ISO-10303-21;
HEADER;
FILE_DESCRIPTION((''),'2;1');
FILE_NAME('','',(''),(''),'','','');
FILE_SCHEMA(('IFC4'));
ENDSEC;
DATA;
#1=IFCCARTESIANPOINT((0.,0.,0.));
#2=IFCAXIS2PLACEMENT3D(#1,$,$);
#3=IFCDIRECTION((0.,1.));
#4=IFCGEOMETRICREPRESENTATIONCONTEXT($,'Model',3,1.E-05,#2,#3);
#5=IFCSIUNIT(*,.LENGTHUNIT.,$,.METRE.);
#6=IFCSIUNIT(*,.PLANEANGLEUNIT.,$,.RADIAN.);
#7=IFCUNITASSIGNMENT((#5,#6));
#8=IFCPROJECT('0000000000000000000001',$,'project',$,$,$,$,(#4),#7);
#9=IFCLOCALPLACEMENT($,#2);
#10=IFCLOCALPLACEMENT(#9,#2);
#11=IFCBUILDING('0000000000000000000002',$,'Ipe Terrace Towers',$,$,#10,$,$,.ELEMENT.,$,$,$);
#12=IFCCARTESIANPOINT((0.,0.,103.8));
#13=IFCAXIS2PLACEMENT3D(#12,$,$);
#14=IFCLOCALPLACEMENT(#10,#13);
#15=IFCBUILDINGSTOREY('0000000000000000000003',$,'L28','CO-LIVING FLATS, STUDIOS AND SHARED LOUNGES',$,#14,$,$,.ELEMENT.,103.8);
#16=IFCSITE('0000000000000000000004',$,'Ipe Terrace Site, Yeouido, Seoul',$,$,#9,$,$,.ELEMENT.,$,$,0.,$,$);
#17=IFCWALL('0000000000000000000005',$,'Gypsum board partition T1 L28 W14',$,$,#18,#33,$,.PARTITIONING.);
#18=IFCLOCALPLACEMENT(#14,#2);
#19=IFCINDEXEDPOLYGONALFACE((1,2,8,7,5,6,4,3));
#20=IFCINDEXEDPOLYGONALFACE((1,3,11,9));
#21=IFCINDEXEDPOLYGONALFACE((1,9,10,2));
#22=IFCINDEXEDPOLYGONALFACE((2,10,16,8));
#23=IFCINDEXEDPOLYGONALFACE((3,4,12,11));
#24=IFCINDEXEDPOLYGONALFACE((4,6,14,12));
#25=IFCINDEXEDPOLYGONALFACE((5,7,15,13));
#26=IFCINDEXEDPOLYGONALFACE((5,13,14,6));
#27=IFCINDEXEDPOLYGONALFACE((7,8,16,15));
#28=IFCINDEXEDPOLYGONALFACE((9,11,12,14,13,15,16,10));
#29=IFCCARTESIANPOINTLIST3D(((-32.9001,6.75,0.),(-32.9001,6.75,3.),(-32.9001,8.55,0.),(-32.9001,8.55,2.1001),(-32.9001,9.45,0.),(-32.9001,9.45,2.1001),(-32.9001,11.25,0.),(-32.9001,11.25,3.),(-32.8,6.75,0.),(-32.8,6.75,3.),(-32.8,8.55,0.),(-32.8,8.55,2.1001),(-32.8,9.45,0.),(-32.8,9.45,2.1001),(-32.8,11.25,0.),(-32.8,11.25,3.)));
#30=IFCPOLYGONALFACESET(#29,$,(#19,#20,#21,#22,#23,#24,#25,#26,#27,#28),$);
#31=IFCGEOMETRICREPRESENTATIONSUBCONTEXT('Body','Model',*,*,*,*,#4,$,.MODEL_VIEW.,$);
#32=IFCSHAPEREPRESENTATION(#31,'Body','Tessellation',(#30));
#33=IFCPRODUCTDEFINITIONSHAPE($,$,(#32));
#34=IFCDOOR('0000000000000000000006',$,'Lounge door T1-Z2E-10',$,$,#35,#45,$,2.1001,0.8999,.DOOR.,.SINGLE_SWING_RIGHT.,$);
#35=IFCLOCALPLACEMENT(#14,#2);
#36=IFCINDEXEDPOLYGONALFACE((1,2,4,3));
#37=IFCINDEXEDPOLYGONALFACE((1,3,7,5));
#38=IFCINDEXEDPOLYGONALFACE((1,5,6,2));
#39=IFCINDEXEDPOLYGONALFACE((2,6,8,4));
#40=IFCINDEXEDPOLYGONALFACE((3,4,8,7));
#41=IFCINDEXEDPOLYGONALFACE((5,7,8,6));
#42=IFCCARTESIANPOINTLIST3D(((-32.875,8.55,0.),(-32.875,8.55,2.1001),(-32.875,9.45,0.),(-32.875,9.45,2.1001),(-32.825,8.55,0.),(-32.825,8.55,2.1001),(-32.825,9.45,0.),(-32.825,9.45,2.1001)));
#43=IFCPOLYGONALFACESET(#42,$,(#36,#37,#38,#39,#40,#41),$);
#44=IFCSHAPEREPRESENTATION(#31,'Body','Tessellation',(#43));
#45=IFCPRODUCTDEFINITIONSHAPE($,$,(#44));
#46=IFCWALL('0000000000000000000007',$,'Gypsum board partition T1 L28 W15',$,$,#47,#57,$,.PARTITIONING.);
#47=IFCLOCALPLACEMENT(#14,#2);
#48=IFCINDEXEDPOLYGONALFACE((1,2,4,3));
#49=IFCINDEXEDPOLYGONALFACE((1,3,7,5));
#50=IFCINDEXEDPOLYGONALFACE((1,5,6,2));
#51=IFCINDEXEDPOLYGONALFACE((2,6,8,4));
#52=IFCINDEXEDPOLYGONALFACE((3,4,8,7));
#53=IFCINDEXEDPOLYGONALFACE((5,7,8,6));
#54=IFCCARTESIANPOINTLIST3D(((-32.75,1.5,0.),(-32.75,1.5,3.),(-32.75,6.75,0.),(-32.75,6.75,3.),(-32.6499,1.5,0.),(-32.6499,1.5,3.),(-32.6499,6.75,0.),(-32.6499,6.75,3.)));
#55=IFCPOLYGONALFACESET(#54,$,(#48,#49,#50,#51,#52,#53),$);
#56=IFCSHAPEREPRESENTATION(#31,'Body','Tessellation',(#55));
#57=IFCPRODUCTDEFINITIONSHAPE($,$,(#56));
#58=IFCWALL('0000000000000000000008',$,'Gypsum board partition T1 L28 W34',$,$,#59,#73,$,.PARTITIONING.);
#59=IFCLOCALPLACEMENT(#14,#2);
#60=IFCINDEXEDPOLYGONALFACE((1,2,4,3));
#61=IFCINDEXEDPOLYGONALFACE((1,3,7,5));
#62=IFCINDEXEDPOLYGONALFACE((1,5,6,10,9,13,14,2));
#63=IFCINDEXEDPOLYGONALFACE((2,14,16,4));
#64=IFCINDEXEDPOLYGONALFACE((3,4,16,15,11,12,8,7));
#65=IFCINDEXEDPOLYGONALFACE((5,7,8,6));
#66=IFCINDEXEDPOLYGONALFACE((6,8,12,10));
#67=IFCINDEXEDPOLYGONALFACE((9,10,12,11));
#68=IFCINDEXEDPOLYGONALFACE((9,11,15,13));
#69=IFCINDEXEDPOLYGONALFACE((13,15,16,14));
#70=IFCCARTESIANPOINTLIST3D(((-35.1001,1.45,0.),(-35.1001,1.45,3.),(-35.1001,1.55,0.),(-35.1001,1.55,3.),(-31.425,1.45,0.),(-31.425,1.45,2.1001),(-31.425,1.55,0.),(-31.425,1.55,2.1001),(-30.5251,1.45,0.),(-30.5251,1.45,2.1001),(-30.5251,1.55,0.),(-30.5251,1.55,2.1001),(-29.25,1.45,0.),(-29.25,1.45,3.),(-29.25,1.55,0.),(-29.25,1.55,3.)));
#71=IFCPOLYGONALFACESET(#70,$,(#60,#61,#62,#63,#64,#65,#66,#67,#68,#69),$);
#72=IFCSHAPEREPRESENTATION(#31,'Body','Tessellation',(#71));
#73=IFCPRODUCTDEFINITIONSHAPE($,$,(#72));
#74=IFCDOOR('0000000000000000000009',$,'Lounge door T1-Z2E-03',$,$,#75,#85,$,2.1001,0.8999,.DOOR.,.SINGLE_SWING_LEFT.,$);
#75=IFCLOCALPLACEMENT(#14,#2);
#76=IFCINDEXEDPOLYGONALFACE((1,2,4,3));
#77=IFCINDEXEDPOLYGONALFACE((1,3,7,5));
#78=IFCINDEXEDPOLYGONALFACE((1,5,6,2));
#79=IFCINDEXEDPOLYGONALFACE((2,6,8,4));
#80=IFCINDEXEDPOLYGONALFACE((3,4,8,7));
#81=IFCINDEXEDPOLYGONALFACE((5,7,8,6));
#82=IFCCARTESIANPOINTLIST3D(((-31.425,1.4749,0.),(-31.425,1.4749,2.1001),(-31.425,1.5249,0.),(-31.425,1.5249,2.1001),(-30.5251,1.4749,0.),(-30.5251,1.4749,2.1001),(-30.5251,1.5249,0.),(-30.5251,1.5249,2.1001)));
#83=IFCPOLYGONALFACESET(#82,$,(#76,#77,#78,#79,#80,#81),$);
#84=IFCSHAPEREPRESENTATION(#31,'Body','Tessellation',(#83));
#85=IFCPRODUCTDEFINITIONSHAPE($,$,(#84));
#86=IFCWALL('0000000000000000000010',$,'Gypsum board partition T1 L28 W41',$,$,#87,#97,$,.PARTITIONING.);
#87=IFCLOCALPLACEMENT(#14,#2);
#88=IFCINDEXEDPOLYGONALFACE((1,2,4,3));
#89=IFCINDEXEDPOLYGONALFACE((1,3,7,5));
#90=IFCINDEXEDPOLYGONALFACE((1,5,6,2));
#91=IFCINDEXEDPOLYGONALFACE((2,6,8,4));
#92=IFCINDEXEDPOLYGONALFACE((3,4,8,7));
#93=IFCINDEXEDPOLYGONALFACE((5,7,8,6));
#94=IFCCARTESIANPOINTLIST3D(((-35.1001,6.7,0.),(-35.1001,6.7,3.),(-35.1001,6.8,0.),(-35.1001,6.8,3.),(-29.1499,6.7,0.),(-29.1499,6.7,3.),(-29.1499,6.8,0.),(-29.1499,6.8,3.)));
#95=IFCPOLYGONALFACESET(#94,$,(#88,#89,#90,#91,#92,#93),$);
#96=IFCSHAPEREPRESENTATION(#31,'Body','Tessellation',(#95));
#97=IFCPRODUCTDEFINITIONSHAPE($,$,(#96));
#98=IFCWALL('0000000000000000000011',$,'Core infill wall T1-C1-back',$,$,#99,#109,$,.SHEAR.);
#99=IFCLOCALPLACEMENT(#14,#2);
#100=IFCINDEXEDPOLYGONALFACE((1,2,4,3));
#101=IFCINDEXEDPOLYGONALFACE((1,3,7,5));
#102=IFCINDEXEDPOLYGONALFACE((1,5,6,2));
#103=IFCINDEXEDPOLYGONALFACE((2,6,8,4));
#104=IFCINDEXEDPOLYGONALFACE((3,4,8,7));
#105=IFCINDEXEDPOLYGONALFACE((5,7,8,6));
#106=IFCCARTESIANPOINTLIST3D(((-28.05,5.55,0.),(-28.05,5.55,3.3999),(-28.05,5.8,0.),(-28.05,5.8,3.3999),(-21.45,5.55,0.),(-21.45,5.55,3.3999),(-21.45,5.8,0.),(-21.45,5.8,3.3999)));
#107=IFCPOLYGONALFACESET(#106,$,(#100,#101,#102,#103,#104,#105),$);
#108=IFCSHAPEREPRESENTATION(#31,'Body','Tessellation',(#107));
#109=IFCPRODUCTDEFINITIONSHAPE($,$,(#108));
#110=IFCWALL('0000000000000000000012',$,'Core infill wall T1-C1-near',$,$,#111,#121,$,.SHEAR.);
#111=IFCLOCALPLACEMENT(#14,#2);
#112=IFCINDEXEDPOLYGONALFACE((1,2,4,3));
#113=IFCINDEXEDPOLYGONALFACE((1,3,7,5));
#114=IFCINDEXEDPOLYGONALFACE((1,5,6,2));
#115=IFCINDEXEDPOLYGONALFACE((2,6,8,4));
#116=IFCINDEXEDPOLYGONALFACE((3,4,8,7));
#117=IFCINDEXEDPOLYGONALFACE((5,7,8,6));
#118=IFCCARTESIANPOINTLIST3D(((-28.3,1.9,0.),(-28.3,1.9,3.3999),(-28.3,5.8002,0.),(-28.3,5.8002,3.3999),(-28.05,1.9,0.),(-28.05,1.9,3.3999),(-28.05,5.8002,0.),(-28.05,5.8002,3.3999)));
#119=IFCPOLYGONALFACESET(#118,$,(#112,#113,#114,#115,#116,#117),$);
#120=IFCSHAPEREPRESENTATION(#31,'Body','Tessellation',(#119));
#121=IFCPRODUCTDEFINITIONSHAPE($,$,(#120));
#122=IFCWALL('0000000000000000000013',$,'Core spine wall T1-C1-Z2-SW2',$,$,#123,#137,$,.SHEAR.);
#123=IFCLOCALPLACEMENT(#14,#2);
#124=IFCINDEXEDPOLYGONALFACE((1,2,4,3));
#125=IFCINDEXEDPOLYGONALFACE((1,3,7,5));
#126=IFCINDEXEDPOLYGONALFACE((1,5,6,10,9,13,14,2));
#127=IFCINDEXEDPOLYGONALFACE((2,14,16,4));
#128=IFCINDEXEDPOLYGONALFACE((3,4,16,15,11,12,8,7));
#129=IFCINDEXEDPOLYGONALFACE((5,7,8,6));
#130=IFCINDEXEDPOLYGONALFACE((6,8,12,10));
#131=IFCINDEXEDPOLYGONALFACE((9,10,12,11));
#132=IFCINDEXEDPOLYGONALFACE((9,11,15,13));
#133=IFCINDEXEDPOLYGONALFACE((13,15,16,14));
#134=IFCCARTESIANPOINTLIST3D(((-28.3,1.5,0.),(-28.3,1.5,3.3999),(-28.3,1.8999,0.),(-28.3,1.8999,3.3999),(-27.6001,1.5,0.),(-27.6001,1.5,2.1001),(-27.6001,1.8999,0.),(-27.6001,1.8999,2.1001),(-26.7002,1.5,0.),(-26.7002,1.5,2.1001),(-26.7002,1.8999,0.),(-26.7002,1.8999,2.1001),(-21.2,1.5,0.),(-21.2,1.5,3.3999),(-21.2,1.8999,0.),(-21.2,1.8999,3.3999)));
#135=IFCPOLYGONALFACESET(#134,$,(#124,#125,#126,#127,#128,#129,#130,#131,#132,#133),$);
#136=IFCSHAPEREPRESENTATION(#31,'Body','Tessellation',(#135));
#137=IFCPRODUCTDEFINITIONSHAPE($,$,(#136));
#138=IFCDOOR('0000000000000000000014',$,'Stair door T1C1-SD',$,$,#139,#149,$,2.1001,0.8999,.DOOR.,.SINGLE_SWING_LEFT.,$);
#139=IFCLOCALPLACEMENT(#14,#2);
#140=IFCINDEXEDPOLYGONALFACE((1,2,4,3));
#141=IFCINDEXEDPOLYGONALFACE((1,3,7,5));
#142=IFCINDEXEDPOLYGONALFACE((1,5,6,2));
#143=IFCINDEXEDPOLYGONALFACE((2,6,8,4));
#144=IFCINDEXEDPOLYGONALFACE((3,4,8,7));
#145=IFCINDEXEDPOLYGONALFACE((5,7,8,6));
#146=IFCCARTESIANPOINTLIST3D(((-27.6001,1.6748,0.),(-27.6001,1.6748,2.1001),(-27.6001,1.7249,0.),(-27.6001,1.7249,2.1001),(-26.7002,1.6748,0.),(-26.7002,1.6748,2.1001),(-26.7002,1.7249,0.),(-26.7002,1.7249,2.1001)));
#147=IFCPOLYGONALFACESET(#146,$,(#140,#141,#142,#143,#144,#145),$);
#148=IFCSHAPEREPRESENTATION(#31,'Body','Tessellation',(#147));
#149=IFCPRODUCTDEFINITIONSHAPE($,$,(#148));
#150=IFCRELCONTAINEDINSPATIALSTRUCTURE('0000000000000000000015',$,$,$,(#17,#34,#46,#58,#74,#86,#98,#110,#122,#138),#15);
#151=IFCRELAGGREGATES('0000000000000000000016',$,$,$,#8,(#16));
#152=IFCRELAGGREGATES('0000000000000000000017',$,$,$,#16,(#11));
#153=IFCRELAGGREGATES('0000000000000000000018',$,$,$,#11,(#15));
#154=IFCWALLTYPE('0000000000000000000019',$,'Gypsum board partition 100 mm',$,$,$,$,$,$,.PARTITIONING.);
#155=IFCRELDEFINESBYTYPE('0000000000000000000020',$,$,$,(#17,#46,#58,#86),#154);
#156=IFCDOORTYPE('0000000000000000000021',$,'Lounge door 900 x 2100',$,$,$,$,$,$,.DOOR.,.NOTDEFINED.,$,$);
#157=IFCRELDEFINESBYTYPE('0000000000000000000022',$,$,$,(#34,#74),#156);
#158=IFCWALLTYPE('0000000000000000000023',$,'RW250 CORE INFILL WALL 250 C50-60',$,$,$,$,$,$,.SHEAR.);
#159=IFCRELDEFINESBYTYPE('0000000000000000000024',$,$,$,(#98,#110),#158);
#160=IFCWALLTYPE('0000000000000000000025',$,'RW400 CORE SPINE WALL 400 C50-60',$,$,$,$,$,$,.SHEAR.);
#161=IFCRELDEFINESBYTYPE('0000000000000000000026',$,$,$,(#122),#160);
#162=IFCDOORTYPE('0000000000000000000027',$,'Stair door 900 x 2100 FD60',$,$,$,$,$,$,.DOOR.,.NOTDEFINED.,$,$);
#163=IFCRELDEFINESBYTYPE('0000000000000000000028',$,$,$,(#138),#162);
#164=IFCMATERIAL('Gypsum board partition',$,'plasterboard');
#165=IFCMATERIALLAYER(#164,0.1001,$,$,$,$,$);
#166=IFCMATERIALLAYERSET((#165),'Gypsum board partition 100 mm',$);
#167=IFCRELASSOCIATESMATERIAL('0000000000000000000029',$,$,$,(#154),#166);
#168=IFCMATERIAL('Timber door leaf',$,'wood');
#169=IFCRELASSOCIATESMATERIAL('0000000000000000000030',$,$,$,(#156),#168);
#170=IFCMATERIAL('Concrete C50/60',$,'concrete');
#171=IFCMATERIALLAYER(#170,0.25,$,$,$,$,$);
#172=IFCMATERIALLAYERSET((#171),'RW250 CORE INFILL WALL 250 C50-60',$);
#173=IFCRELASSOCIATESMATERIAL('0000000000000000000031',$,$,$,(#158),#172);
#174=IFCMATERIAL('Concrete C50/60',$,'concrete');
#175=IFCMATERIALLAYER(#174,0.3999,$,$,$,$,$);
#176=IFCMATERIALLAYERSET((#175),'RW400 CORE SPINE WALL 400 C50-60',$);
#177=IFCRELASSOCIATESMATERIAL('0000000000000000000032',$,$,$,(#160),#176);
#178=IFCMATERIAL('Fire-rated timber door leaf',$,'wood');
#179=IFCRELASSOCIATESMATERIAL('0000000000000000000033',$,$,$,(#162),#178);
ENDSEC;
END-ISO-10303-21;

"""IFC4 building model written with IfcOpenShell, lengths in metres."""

from ifc_helpers import new_model, si_unit, direction, frame, frame_2d, origin, place, context, subcontext, project, spatial, rectangle, extrude, material, layer, layer_set, type_object, element, fill, save


model = new_model("IFC4")

# Units and contexts
model_context = context("Model", 3, precision=1e-05, world=origin(), true_north=direction((0.0, 1.0)))
body_context = subcontext(model_context, "Body", "Model", "MODEL_VIEW")
ifc_project = project(units=[si_unit("LENGTHUNIT", "METRE"), si_unit("PLANEANGLEUNIT", "RADIAN")], contexts=[model_context])

# Site, building, storey
site_placement = place(None, origin())
site = spatial("IfcSite", under=ifc_project, at=site_placement, Name="Ipe Terrace Site, Yeouido, Seoul", CompositionType="ELEMENT", RefElevation=0.0)
building_placement = place(site_placement, origin())
building = spatial("IfcBuilding", under=site, at=building_placement, Name="Ipe Terrace Towers", CompositionType="ELEMENT")
storey_placement = place(building_placement, frame((0.0, 0.0, 103.8)))
storey = spatial("IfcBuildingStorey", under=building, at=storey_placement, Name="L28", Description="CO-LIVING FLATS, STUDIOS AND SHARED LOUNGES", CompositionType="ELEMENT", Elevation=103.8)

# Wall, opening, door
ifc_material_1 = material(Name="Gypsum board partition", Category="plasterboard")
ifc_layer_1 = layer(ifc_material_1, 0.1001)
ifc_layer_set_1 = layer_set([ifc_layer_1], Name="Gypsum board partition 100 mm")
wall_type_1 = type_object("IfcWallType", Name="Gypsum board partition 100 mm", PredefinedType="PARTITIONING", material=ifc_layer_set_1)
ifc_material_2 = material(Name="Timber door leaf", Category="wood")
door_type_1 = type_object("IfcDoorType", Name="Lounge door 900 x 2100", OperationType="NOTDEFINED", PredefinedType="DOOR", material=ifc_material_2)
wall_1_placement = place(storey_placement, frame((-32.8501, 6.75, 0.0), z_axis=(0.0, 0.0, 1.0), x_axis=(0.0, 1.0, 0.0)))
wall_1 = element("IfcWall", 1, at=wall_1_placement, inside=storey, type_object=wall_type_1, Name="Gypsum board partition T1 L28 W14", PredefinedType="PARTITIONING", context=body_context, shape_type="SweptSolid", body=[
    extrude(rectangle(XDim=4.5, YDim=0.1001, at=frame_2d((2.25, 0.0))), origin(), (0.0, 0.0, 1.0), 3.0),
])
opening_1_placement = place(wall_1_placement, frame((1.8, 0.0, 0.0)))
opening_1 = element("IfcOpeningElement", 2, at=opening_1_placement, cuts=wall_1, PredefinedType="OPENING", context=body_context, shape_type="SweptSolid", body=[
    extrude(rectangle(XDim=0.8999, YDim=2.1001, at=frame_2d((0.45, 1.05))), frame((0.0, 0.0601, 0.0), z_axis=(0.0, -1.0, 0.0), x_axis=(1.0, 0.0, 0.0)), (0.0, 0.0, 1.0), 0.1201),
])
door_1_placement = place(opening_1_placement, origin())
door_1 = element("IfcDoor", 3, at=door_1_placement, inside=storey, type_object=door_type_1, Name="Lounge door T1-Z2E-10", OperationType="SINGLE_SWING_RIGHT", OverallHeight=2.1001, OverallWidth=0.8999, PredefinedType="DOOR", context=body_context, shape_type="SweptSolid", body=[
    extrude(rectangle(XDim=0.8999, YDim=2.1001, at=frame_2d((0.45, 1.05))), frame((0.0, 0.0249, 0.0), z_axis=(0.0, -1.0, 0.0), x_axis=(1.0, 0.0, 0.0)), (0.0, 0.0, 1.0), 0.05),
])
fill(opening_1, door_1)

# Wall
wall_2_placement = place(storey_placement, frame((-32.7, 1.5, 0.0), z_axis=(0.0, 0.0, 1.0), x_axis=(0.0, 1.0, 0.0)))
element("IfcWall", 4, at=wall_2_placement, inside=storey, type_object=wall_type_1, Name="Gypsum board partition T1 L28 W15", PredefinedType="PARTITIONING", context=body_context, shape_type="SweptSolid", body=[
    extrude(rectangle(XDim=5.25, YDim=0.1001, at=frame_2d((2.625, 0.0))), origin(), (0.0, 0.0, 1.0), 3.0),
])

# Wall, opening, door
wall_3_placement = place(storey_placement, frame((-35.1001, 1.5, 0.0), z_axis=(0.0, 0.0, 1.0), x_axis=(1.0, 0.0, 0.0)))
wall_3 = element("IfcWall", 5, at=wall_3_placement, inside=storey, type_object=wall_type_1, Name="Gypsum board partition T1 L28 W34", PredefinedType="PARTITIONING", context=body_context, shape_type="SweptSolid", body=[
    extrude(rectangle(XDim=5.8501, YDim=0.1001, at=frame_2d((2.925, 0.0))), origin(), (0.0, 0.0, 1.0), 3.0),
])
opening_2_placement = place(wall_3_placement, frame((3.675, 0.0, 0.0)))
opening_2 = element("IfcOpeningElement", 6, at=opening_2_placement, cuts=wall_3, PredefinedType="OPENING", context=body_context, shape_type="SweptSolid", body=[
    extrude(rectangle(XDim=0.8999, YDim=2.1001, at=frame_2d((0.45, 1.05))), frame((0.0, 0.0601, 0.0), z_axis=(0.0, -1.0, 0.0), x_axis=(1.0, 0.0, 0.0)), (0.0, 0.0, 1.0), 0.1201),
])
door_2_placement = place(opening_2_placement, origin())
door_2 = element("IfcDoor", 7, at=door_2_placement, inside=storey, type_object=door_type_1, Name="Lounge door T1-Z2E-03", OperationType="SINGLE_SWING_LEFT", OverallHeight=2.1001, OverallWidth=0.8999, PredefinedType="DOOR", context=body_context, shape_type="SweptSolid", body=[
    extrude(rectangle(XDim=0.8999, YDim=2.1001, at=frame_2d((0.45, 1.05))), frame((0.0, 0.0249, 0.0), z_axis=(0.0, -1.0, 0.0), x_axis=(1.0, 0.0, 0.0)), (0.0, 0.0, 1.0), 0.05),
])
fill(opening_2, door_2)

# Walls
wall_4_placement = place(storey_placement, frame((-35.1001, 6.75, 0.0), z_axis=(0.0, 0.0, 1.0), x_axis=(1.0, 0.0, 0.0)))
element("IfcWall", 8, at=wall_4_placement, inside=storey, type_object=wall_type_1, Name="Gypsum board partition T1 L28 W41", PredefinedType="PARTITIONING", context=body_context, shape_type="SweptSolid", body=[
    extrude(rectangle(XDim=5.9502, YDim=0.1001, at=frame_2d((2.9751, 0.0))), origin(), (0.0, 0.0, 1.0), 3.0),
])
ifc_material_3 = material(Name="Concrete C50/60", Category="concrete")
ifc_layer_2 = layer(ifc_material_3, 0.25)
ifc_layer_set_2 = layer_set([ifc_layer_2], Name="RW250 CORE INFILL WALL 250 C50-60")
wall_type_2 = type_object("IfcWallType", Name="RW250 CORE INFILL WALL 250 C50-60", PredefinedType="SHEAR", material=ifc_layer_set_2)
wall_5_placement = place(storey_placement, frame((-28.05, 5.675, 0.0), z_axis=(0.0, 0.0, 1.0), x_axis=(1.0, 0.0, 0.0)))
element("IfcWall", 9, at=wall_5_placement, inside=storey, type_object=wall_type_2, Name="Core infill wall T1-C1-back", PredefinedType="SHEAR", context=body_context, shape_type="SweptSolid", body=[
    extrude(rectangle(XDim=6.6001, YDim=0.25, at=frame_2d((3.3, 0.0))), origin(), (0.0, 0.0, 1.0), 3.3999),
])
wall_6_placement = place(storey_placement, frame((-28.175, 1.8999, 0.0), z_axis=(0.0, 0.0, 1.0), x_axis=(0.0, 1.0, 0.0)))
element("IfcWall", 10, at=wall_6_placement, inside=storey, type_object=wall_type_2, Name="Core infill wall T1-C1-near", PredefinedType="SHEAR", context=body_context, shape_type="SweptSolid", body=[
    extrude(rectangle(XDim=3.9001, YDim=0.25, at=frame_2d((1.9502, 0.0))), origin(), (0.0, 0.0, 1.0), 3.3999),
])

# Wall, opening, door
ifc_material_4 = material(Name="Concrete C50/60", Category="concrete")
ifc_layer_3 = layer(ifc_material_4, 0.3999)
ifc_layer_set_3 = layer_set([ifc_layer_3], Name="RW400 CORE SPINE WALL 400 C50-60")
wall_type_3 = type_object("IfcWallType", Name="RW400 CORE SPINE WALL 400 C50-60", PredefinedType="SHEAR", material=ifc_layer_set_3)
wall_7_placement = place(storey_placement, frame((-28.3, 1.7, 0.0), z_axis=(0.0, 0.0, 1.0), x_axis=(1.0, 0.0, 0.0)))
wall_7 = element("IfcWall", 11, at=wall_7_placement, inside=storey, type_object=wall_type_3, Name="Core spine wall T1-C1-Z2-SW2", PredefinedType="SHEAR", context=body_context, shape_type="SweptSolid", body=[
    extrude(rectangle(XDim=7.1001, YDim=0.3999, at=frame_2d((3.55, 0.0))), origin(), (0.0, 0.0, 1.0), 3.3999),
])
opening_3_placement = place(wall_7_placement, frame((0.7, 0.0, 0.0)))
opening_3 = element("IfcOpeningElement", 12, at=opening_3_placement, cuts=wall_7, PredefinedType="OPENING", context=body_context, shape_type="SweptSolid", body=[
    extrude(rectangle(XDim=0.8999, YDim=2.1001, at=frame_2d((0.45, 1.05))), frame((0.0, 0.21, 0.0), z_axis=(0.0, -1.0, 0.0), x_axis=(1.0, 0.0, 0.0)), (0.0, 0.0, 1.0), 0.4199),
])
ifc_material_5 = material(Name="Fire-rated timber door leaf", Category="wood")
door_type_2 = type_object("IfcDoorType", Name="Stair door 900 x 2100 FD60", OperationType="NOTDEFINED", PredefinedType="DOOR", material=ifc_material_5)
door_3_placement = place(opening_3_placement, origin())
door_3 = element("IfcDoor", 13, at=door_3_placement, inside=storey, type_object=door_type_2, Name="Stair door T1C1-SD", OperationType="SINGLE_SWING_LEFT", OverallHeight=2.1001, OverallWidth=0.8999, PredefinedType="DOOR", context=body_context, shape_type="SweptSolid", body=[
    extrude(rectangle(XDim=0.8999, YDim=2.1001, at=frame_2d((0.45, 1.05))), frame((0.0, 0.0249, 0.0), z_axis=(0.0, -1.0, 0.0), x_axis=(1.0, 0.0, 0.0)), (0.0, 0.0, 1.0), 0.05),
])
fill(opening_3, door_3)

save(model, "model.ifc")
